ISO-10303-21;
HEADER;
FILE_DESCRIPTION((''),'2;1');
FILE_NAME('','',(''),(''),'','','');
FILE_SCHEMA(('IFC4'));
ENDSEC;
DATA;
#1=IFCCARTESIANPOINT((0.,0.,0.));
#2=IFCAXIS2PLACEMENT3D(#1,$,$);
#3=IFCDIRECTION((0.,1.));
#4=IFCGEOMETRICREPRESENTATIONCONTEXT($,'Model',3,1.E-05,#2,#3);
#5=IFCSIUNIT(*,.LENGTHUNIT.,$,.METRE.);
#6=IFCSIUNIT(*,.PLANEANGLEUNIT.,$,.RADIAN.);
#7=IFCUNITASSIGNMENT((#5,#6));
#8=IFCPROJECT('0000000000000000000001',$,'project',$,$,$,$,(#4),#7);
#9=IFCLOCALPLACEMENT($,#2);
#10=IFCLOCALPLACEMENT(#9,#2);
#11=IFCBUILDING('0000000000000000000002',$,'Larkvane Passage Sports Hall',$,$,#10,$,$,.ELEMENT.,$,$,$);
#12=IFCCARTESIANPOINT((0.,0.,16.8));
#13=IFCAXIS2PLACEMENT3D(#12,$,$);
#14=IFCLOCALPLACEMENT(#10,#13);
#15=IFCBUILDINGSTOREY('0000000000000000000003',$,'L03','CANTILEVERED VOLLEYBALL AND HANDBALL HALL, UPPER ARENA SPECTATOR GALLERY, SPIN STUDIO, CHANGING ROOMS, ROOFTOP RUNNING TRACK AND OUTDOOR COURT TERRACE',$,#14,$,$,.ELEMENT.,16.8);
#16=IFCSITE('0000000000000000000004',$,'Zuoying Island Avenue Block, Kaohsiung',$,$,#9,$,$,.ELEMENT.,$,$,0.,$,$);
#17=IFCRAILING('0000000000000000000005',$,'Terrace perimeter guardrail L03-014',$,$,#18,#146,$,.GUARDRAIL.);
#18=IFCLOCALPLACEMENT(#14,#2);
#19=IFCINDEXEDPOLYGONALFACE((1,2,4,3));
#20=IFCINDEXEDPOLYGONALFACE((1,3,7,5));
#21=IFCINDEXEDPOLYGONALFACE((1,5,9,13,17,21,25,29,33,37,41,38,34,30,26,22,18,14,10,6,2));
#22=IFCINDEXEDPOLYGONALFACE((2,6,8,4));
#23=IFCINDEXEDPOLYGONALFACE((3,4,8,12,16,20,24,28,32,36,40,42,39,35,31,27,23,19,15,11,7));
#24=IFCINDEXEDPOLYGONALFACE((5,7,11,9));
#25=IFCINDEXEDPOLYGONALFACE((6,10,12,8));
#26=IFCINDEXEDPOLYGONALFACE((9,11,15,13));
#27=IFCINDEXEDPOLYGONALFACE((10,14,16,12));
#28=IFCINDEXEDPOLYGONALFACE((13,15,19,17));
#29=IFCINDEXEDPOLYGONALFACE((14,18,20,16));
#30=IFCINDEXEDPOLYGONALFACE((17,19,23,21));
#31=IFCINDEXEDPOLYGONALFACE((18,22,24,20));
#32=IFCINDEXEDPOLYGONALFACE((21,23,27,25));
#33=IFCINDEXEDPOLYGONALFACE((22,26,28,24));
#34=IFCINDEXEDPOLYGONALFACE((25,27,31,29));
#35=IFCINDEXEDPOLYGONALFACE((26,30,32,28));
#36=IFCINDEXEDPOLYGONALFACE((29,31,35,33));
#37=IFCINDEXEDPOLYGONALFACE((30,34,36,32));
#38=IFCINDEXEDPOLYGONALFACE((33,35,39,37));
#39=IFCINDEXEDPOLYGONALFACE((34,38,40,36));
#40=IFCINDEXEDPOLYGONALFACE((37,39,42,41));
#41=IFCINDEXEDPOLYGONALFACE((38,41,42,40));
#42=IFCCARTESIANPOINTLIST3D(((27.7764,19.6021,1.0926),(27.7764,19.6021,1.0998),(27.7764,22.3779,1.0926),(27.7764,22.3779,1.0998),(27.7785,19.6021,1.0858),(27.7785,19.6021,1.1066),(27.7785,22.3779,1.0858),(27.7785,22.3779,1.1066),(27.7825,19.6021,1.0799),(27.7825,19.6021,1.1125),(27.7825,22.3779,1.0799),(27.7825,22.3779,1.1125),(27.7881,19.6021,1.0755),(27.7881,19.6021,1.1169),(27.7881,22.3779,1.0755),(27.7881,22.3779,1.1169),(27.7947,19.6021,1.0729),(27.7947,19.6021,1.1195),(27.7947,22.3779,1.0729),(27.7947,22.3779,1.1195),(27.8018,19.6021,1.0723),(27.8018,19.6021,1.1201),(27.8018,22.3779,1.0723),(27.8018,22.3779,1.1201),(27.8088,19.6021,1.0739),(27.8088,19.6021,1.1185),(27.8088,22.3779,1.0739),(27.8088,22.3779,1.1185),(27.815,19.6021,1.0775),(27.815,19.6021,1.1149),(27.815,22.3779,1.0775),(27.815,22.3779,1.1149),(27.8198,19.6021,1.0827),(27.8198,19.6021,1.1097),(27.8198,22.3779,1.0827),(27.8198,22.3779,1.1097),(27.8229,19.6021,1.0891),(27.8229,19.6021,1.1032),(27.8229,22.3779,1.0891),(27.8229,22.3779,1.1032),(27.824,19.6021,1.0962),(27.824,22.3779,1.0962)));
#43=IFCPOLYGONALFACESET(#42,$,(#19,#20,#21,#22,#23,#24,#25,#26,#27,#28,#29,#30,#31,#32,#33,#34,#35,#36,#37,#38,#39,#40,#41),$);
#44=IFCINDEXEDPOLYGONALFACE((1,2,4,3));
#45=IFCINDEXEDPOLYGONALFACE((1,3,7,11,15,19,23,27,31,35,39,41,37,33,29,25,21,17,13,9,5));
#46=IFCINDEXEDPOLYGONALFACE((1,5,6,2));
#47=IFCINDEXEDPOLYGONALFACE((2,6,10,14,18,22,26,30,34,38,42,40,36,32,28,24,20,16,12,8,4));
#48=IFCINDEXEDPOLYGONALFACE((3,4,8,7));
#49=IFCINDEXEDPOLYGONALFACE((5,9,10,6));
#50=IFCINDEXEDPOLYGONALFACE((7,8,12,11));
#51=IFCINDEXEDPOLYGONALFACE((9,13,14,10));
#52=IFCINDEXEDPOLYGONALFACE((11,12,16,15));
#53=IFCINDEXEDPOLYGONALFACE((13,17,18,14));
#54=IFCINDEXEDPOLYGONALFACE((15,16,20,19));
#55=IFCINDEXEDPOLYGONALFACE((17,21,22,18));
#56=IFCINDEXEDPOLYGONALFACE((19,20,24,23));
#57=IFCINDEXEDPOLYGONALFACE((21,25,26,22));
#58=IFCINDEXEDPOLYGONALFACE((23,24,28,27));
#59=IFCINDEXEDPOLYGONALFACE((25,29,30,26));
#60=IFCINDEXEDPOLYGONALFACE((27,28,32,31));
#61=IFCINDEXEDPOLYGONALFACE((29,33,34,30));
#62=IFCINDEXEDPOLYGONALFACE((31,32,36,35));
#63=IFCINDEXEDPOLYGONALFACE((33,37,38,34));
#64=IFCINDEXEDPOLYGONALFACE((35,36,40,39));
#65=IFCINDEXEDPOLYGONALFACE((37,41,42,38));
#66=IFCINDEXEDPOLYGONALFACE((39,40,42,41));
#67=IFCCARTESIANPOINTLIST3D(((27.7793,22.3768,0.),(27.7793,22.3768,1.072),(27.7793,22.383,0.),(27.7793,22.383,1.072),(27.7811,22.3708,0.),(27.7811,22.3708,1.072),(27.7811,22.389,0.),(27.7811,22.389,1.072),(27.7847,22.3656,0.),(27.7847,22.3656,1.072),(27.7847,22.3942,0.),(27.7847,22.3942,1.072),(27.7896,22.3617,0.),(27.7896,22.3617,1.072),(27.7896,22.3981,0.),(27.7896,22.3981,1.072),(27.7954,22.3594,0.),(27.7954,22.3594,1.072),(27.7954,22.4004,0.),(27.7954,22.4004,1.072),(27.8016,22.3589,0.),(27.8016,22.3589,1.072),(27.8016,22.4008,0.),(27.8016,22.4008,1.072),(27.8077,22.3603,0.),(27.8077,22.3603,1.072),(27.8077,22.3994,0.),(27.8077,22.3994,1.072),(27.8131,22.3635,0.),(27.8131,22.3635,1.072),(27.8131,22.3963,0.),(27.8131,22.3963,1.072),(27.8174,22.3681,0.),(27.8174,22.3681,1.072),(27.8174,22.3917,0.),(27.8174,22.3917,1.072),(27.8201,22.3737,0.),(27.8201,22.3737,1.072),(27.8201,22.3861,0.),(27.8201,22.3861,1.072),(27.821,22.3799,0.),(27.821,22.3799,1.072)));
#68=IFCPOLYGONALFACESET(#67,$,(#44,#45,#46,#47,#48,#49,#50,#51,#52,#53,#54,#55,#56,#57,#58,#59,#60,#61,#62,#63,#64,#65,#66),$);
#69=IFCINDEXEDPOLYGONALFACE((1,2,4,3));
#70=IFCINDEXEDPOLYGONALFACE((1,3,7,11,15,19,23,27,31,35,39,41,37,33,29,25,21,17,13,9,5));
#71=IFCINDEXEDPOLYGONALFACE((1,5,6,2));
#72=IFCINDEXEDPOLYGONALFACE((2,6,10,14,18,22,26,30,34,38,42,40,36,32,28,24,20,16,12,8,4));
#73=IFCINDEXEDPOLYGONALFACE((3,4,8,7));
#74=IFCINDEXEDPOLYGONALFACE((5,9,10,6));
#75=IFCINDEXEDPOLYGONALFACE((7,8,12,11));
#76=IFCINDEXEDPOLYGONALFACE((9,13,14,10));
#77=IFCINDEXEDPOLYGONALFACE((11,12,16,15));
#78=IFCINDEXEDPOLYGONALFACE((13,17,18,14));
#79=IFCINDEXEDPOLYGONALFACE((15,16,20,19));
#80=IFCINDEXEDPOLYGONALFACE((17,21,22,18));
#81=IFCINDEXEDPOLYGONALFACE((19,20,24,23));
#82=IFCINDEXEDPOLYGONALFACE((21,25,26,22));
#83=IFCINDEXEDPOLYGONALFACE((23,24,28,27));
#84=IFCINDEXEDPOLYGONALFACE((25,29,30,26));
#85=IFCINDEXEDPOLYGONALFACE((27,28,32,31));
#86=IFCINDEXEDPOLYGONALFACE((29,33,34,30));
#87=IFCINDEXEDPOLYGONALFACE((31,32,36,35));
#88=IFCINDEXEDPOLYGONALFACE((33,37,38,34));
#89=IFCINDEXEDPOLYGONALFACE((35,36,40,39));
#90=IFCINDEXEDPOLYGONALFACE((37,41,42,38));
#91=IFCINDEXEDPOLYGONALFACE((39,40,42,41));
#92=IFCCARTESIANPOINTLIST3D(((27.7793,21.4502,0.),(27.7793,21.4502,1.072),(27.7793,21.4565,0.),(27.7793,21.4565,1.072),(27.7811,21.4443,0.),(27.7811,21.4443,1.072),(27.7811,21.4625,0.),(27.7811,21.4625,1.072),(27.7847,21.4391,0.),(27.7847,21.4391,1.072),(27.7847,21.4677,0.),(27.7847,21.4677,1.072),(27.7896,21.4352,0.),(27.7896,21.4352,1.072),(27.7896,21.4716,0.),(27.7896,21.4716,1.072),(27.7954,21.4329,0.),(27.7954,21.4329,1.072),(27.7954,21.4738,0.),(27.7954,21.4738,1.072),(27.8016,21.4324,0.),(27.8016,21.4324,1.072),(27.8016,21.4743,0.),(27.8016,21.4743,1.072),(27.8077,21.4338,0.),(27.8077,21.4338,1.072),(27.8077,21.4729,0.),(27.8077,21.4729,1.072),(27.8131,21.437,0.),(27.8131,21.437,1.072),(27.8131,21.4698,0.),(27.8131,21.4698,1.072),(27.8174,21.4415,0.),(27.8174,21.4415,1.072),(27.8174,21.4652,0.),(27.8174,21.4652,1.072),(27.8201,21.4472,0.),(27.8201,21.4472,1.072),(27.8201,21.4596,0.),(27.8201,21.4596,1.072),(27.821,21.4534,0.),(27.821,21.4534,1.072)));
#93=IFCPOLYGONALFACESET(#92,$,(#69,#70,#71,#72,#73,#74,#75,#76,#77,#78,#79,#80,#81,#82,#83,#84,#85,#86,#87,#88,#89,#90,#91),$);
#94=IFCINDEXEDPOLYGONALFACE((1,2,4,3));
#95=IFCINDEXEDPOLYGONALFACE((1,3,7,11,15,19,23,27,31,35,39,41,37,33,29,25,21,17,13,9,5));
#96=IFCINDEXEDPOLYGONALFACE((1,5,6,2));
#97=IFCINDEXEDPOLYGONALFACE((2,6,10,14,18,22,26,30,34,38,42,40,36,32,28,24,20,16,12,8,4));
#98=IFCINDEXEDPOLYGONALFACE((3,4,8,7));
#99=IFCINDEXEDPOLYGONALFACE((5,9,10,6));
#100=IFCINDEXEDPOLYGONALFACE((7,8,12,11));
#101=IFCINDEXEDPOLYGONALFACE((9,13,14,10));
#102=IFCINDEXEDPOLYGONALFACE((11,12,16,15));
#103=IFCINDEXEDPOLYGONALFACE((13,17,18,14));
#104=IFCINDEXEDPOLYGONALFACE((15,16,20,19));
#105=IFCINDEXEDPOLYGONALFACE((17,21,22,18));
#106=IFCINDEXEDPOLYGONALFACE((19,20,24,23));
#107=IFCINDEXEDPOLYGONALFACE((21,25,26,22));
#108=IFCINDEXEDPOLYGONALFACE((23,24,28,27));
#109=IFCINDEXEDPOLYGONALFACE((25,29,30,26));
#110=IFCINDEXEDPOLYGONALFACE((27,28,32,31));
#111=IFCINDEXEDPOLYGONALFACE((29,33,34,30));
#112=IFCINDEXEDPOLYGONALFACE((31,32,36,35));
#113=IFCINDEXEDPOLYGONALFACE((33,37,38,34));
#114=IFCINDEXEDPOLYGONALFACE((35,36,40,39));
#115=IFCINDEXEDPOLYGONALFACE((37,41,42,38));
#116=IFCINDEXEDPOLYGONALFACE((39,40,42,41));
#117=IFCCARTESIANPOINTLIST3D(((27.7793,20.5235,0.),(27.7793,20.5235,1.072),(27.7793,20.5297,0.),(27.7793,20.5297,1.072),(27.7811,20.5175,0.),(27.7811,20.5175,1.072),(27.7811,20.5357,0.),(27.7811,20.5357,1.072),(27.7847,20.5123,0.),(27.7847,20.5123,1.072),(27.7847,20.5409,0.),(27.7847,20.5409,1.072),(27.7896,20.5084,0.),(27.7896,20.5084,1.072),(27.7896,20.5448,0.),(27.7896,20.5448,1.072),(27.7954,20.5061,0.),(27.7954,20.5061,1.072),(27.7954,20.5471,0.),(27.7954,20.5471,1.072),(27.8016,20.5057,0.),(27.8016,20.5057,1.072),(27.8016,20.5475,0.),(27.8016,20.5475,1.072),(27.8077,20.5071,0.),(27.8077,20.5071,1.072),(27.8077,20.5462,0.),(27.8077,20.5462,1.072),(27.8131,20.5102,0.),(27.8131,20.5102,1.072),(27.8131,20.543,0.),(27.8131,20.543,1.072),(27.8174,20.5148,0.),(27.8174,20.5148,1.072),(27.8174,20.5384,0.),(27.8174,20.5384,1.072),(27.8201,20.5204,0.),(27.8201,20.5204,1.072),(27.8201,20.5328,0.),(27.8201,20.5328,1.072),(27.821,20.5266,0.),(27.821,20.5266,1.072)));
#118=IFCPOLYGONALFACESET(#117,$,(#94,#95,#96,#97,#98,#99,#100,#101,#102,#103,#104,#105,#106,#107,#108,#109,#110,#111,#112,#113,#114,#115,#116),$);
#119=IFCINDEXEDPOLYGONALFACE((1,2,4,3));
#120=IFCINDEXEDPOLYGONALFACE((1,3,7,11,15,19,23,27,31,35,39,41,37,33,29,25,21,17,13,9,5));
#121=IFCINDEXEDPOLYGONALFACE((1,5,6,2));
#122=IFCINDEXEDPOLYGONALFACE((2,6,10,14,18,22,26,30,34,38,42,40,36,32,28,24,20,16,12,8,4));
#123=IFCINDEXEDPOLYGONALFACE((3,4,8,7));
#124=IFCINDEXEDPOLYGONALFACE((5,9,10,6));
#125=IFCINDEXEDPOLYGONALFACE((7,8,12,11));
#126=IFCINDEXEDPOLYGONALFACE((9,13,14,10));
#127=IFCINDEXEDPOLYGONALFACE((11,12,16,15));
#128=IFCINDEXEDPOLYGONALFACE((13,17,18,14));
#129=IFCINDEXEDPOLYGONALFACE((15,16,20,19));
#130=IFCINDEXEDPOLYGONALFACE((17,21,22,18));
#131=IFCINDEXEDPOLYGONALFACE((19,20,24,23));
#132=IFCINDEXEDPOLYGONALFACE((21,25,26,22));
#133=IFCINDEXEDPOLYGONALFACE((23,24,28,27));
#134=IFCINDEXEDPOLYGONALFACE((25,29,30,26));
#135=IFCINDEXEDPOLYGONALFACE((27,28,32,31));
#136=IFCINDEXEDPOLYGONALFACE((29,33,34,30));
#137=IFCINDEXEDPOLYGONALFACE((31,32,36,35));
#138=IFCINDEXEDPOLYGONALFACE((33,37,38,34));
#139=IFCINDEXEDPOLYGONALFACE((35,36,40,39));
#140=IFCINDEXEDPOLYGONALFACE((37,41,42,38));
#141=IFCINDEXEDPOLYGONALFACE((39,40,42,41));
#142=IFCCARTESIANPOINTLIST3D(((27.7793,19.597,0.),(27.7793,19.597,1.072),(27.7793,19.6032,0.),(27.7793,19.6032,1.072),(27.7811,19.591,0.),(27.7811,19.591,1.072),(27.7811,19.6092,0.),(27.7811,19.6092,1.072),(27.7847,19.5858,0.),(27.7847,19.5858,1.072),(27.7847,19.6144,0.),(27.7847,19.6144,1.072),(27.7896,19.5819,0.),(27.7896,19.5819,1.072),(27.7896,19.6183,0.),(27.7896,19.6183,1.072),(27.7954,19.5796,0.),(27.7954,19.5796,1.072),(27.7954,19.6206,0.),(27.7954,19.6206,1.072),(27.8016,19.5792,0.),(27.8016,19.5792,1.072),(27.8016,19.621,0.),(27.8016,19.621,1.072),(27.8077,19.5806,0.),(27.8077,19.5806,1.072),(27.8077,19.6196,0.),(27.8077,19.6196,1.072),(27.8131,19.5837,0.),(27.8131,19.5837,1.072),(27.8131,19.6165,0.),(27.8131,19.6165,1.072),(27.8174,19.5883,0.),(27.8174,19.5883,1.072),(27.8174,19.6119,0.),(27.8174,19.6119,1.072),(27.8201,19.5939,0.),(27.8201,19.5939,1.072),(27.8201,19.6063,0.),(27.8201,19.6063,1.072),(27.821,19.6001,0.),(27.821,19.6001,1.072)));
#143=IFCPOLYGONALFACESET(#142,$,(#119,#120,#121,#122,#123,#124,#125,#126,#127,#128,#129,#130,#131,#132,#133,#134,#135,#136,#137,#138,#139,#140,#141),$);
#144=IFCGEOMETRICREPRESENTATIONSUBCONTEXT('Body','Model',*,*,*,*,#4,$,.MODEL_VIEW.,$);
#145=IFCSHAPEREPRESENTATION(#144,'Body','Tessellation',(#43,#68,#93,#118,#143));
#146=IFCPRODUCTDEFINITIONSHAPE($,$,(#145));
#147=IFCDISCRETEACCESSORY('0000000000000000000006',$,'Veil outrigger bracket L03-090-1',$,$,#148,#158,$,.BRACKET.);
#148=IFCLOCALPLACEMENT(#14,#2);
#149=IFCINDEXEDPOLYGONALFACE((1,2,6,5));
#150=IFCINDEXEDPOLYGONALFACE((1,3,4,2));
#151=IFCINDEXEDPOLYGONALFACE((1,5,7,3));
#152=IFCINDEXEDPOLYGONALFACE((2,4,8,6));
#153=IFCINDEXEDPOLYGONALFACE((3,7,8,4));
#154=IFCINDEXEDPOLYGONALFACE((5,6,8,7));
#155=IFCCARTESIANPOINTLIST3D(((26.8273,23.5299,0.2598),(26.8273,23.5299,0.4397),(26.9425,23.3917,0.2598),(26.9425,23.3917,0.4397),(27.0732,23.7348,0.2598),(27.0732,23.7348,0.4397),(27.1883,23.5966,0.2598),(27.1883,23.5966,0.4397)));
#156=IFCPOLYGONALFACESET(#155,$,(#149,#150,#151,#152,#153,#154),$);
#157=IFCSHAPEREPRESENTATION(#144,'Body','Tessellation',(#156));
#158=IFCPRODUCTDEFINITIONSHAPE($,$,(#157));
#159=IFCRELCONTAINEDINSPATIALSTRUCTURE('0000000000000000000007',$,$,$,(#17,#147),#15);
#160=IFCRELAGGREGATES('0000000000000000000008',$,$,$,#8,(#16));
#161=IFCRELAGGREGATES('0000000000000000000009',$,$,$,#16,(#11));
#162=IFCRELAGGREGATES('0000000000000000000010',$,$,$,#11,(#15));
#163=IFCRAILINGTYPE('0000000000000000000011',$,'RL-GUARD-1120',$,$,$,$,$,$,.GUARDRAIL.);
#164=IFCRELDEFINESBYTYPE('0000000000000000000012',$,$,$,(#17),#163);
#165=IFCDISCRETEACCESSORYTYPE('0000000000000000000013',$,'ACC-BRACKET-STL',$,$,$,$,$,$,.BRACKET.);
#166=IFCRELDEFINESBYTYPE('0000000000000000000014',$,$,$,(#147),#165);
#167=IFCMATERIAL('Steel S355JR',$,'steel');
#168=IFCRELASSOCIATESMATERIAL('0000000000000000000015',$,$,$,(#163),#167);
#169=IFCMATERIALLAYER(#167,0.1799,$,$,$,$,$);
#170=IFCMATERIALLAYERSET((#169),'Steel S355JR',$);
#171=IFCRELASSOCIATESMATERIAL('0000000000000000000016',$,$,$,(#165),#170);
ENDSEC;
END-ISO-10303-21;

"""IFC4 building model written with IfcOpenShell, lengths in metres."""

from ifc_helpers import new_model, si_unit, direction, frame, origin, origin_2d, place, context, subcontext, project, spatial, rectangle, circle, extrude, material, layer, layer_set, type_object, element, save


model = new_model("IFC4")

# Units and contexts
model_context = context("Model", 3, precision=1e-05, world=origin(), true_north=direction((0.0, 1.0)))
body_context = subcontext(model_context, "Body", "Model", "MODEL_VIEW")
ifc_project = project(units=[si_unit("LENGTHUNIT", "METRE"), si_unit("PLANEANGLEUNIT", "RADIAN")], contexts=[model_context])

# Site, building, storey
site_placement = place(None, origin())
site = spatial("IfcSite", under=ifc_project, at=site_placement, Name="Zuoying Island Avenue Block, Kaohsiung", CompositionType="ELEMENT", RefElevation=0.0)
building_placement = place(site_placement, origin())
building = spatial("IfcBuilding", under=site, at=building_placement, Name="Larkvane Passage Sports Hall", CompositionType="ELEMENT")
storey_placement = place(building_placement, frame((0.0, 0.0, 16.8)))
storey = spatial("IfcBuildingStorey", under=building, at=storey_placement, Name="L03", Description="CANTILEVERED VOLLEYBALL AND HANDBALL HALL, UPPER ARENA SPECTATOR GALLERY, SPIN STUDIO, CHANGING ROOMS, ROOFTOP RUNNING TRACK AND OUTDOOR COURT TERRACE", CompositionType="ELEMENT", Elevation=16.8)

# Shared definitions
ifc_material_1 = material(Name="Steel S355JR", Category="steel")

# Railing
railing_type = type_object("IfcRailingType", Name="RL-GUARD-1120", PredefinedType="GUARDRAIL", material=ifc_material_1)
railing_1_placement = place(storey_placement, frame((27.8, 22.3799, 0.0)))
element("IfcRailing", 1, at=railing_1_placement, inside=storey, type_object=railing_type, Name="Terrace perimeter guardrail L03-014", PredefinedType="GUARDRAIL", context=body_context, shape_type="SweptSolid", body=[
    extrude(circle(Radius=0.0239, at=origin_2d()), frame((0.0, -0.002, 1.0962), z_axis=(0.0, -1.0, 0.0), x_axis=(1.0, 0.0, 0.0)), (0.0, 0.0, 1.0), 2.7759),
    extrude(circle(Radius=0.021, at=origin_2d()), origin(), (0.0, 0.0, 1.0), 1.072),
    extrude(circle(Radius=0.021, at=origin_2d()), frame((0.0, -0.9265, 0.0)), (0.0, 0.0, 1.0), 1.072),
    extrude(circle(Radius=0.021, at=origin_2d()), frame((0.0, -1.8533, 0.0)), (0.0, 0.0, 1.0), 1.072),
    extrude(circle(Radius=0.021, at=origin_2d()), frame((0.0, -2.7798, 0.0)), (0.0, 0.0, 1.0), 1.072),
])

# Discrete accessory
ifc_layer_1 = layer(ifc_material_1, 0.1799)
ifc_layer_set_1 = layer_set([ifc_layer_1], Name="Steel S355JR")
discrete_accessory_type = type_object("IfcDiscreteAccessoryType", Name="ACC-BRACKET-STL", PredefinedType="BRACKET", material=ifc_layer_set_1)
discrete_accessory_placement = place(storey_placement, frame((27.0078, 23.5632, 0.2598), z_axis=(0.0, 0.0, 1.0), x_axis=(-0.640184, 0.768221, 0.0)))
element("IfcDiscreteAccessory", 2, at=discrete_accessory_placement, inside=storey, type_object=discrete_accessory_type, Name="Veil outrigger bracket L03-090-1", PredefinedType="BRACKET", context=body_context, shape_type="SweptSolid", body=[
    extrude(rectangle(XDim=0.1799, YDim=0.3201, at=origin_2d()), origin(), (0.0, 0.0, 1.0), 0.1799),
])

save(model, "model.ifc")
